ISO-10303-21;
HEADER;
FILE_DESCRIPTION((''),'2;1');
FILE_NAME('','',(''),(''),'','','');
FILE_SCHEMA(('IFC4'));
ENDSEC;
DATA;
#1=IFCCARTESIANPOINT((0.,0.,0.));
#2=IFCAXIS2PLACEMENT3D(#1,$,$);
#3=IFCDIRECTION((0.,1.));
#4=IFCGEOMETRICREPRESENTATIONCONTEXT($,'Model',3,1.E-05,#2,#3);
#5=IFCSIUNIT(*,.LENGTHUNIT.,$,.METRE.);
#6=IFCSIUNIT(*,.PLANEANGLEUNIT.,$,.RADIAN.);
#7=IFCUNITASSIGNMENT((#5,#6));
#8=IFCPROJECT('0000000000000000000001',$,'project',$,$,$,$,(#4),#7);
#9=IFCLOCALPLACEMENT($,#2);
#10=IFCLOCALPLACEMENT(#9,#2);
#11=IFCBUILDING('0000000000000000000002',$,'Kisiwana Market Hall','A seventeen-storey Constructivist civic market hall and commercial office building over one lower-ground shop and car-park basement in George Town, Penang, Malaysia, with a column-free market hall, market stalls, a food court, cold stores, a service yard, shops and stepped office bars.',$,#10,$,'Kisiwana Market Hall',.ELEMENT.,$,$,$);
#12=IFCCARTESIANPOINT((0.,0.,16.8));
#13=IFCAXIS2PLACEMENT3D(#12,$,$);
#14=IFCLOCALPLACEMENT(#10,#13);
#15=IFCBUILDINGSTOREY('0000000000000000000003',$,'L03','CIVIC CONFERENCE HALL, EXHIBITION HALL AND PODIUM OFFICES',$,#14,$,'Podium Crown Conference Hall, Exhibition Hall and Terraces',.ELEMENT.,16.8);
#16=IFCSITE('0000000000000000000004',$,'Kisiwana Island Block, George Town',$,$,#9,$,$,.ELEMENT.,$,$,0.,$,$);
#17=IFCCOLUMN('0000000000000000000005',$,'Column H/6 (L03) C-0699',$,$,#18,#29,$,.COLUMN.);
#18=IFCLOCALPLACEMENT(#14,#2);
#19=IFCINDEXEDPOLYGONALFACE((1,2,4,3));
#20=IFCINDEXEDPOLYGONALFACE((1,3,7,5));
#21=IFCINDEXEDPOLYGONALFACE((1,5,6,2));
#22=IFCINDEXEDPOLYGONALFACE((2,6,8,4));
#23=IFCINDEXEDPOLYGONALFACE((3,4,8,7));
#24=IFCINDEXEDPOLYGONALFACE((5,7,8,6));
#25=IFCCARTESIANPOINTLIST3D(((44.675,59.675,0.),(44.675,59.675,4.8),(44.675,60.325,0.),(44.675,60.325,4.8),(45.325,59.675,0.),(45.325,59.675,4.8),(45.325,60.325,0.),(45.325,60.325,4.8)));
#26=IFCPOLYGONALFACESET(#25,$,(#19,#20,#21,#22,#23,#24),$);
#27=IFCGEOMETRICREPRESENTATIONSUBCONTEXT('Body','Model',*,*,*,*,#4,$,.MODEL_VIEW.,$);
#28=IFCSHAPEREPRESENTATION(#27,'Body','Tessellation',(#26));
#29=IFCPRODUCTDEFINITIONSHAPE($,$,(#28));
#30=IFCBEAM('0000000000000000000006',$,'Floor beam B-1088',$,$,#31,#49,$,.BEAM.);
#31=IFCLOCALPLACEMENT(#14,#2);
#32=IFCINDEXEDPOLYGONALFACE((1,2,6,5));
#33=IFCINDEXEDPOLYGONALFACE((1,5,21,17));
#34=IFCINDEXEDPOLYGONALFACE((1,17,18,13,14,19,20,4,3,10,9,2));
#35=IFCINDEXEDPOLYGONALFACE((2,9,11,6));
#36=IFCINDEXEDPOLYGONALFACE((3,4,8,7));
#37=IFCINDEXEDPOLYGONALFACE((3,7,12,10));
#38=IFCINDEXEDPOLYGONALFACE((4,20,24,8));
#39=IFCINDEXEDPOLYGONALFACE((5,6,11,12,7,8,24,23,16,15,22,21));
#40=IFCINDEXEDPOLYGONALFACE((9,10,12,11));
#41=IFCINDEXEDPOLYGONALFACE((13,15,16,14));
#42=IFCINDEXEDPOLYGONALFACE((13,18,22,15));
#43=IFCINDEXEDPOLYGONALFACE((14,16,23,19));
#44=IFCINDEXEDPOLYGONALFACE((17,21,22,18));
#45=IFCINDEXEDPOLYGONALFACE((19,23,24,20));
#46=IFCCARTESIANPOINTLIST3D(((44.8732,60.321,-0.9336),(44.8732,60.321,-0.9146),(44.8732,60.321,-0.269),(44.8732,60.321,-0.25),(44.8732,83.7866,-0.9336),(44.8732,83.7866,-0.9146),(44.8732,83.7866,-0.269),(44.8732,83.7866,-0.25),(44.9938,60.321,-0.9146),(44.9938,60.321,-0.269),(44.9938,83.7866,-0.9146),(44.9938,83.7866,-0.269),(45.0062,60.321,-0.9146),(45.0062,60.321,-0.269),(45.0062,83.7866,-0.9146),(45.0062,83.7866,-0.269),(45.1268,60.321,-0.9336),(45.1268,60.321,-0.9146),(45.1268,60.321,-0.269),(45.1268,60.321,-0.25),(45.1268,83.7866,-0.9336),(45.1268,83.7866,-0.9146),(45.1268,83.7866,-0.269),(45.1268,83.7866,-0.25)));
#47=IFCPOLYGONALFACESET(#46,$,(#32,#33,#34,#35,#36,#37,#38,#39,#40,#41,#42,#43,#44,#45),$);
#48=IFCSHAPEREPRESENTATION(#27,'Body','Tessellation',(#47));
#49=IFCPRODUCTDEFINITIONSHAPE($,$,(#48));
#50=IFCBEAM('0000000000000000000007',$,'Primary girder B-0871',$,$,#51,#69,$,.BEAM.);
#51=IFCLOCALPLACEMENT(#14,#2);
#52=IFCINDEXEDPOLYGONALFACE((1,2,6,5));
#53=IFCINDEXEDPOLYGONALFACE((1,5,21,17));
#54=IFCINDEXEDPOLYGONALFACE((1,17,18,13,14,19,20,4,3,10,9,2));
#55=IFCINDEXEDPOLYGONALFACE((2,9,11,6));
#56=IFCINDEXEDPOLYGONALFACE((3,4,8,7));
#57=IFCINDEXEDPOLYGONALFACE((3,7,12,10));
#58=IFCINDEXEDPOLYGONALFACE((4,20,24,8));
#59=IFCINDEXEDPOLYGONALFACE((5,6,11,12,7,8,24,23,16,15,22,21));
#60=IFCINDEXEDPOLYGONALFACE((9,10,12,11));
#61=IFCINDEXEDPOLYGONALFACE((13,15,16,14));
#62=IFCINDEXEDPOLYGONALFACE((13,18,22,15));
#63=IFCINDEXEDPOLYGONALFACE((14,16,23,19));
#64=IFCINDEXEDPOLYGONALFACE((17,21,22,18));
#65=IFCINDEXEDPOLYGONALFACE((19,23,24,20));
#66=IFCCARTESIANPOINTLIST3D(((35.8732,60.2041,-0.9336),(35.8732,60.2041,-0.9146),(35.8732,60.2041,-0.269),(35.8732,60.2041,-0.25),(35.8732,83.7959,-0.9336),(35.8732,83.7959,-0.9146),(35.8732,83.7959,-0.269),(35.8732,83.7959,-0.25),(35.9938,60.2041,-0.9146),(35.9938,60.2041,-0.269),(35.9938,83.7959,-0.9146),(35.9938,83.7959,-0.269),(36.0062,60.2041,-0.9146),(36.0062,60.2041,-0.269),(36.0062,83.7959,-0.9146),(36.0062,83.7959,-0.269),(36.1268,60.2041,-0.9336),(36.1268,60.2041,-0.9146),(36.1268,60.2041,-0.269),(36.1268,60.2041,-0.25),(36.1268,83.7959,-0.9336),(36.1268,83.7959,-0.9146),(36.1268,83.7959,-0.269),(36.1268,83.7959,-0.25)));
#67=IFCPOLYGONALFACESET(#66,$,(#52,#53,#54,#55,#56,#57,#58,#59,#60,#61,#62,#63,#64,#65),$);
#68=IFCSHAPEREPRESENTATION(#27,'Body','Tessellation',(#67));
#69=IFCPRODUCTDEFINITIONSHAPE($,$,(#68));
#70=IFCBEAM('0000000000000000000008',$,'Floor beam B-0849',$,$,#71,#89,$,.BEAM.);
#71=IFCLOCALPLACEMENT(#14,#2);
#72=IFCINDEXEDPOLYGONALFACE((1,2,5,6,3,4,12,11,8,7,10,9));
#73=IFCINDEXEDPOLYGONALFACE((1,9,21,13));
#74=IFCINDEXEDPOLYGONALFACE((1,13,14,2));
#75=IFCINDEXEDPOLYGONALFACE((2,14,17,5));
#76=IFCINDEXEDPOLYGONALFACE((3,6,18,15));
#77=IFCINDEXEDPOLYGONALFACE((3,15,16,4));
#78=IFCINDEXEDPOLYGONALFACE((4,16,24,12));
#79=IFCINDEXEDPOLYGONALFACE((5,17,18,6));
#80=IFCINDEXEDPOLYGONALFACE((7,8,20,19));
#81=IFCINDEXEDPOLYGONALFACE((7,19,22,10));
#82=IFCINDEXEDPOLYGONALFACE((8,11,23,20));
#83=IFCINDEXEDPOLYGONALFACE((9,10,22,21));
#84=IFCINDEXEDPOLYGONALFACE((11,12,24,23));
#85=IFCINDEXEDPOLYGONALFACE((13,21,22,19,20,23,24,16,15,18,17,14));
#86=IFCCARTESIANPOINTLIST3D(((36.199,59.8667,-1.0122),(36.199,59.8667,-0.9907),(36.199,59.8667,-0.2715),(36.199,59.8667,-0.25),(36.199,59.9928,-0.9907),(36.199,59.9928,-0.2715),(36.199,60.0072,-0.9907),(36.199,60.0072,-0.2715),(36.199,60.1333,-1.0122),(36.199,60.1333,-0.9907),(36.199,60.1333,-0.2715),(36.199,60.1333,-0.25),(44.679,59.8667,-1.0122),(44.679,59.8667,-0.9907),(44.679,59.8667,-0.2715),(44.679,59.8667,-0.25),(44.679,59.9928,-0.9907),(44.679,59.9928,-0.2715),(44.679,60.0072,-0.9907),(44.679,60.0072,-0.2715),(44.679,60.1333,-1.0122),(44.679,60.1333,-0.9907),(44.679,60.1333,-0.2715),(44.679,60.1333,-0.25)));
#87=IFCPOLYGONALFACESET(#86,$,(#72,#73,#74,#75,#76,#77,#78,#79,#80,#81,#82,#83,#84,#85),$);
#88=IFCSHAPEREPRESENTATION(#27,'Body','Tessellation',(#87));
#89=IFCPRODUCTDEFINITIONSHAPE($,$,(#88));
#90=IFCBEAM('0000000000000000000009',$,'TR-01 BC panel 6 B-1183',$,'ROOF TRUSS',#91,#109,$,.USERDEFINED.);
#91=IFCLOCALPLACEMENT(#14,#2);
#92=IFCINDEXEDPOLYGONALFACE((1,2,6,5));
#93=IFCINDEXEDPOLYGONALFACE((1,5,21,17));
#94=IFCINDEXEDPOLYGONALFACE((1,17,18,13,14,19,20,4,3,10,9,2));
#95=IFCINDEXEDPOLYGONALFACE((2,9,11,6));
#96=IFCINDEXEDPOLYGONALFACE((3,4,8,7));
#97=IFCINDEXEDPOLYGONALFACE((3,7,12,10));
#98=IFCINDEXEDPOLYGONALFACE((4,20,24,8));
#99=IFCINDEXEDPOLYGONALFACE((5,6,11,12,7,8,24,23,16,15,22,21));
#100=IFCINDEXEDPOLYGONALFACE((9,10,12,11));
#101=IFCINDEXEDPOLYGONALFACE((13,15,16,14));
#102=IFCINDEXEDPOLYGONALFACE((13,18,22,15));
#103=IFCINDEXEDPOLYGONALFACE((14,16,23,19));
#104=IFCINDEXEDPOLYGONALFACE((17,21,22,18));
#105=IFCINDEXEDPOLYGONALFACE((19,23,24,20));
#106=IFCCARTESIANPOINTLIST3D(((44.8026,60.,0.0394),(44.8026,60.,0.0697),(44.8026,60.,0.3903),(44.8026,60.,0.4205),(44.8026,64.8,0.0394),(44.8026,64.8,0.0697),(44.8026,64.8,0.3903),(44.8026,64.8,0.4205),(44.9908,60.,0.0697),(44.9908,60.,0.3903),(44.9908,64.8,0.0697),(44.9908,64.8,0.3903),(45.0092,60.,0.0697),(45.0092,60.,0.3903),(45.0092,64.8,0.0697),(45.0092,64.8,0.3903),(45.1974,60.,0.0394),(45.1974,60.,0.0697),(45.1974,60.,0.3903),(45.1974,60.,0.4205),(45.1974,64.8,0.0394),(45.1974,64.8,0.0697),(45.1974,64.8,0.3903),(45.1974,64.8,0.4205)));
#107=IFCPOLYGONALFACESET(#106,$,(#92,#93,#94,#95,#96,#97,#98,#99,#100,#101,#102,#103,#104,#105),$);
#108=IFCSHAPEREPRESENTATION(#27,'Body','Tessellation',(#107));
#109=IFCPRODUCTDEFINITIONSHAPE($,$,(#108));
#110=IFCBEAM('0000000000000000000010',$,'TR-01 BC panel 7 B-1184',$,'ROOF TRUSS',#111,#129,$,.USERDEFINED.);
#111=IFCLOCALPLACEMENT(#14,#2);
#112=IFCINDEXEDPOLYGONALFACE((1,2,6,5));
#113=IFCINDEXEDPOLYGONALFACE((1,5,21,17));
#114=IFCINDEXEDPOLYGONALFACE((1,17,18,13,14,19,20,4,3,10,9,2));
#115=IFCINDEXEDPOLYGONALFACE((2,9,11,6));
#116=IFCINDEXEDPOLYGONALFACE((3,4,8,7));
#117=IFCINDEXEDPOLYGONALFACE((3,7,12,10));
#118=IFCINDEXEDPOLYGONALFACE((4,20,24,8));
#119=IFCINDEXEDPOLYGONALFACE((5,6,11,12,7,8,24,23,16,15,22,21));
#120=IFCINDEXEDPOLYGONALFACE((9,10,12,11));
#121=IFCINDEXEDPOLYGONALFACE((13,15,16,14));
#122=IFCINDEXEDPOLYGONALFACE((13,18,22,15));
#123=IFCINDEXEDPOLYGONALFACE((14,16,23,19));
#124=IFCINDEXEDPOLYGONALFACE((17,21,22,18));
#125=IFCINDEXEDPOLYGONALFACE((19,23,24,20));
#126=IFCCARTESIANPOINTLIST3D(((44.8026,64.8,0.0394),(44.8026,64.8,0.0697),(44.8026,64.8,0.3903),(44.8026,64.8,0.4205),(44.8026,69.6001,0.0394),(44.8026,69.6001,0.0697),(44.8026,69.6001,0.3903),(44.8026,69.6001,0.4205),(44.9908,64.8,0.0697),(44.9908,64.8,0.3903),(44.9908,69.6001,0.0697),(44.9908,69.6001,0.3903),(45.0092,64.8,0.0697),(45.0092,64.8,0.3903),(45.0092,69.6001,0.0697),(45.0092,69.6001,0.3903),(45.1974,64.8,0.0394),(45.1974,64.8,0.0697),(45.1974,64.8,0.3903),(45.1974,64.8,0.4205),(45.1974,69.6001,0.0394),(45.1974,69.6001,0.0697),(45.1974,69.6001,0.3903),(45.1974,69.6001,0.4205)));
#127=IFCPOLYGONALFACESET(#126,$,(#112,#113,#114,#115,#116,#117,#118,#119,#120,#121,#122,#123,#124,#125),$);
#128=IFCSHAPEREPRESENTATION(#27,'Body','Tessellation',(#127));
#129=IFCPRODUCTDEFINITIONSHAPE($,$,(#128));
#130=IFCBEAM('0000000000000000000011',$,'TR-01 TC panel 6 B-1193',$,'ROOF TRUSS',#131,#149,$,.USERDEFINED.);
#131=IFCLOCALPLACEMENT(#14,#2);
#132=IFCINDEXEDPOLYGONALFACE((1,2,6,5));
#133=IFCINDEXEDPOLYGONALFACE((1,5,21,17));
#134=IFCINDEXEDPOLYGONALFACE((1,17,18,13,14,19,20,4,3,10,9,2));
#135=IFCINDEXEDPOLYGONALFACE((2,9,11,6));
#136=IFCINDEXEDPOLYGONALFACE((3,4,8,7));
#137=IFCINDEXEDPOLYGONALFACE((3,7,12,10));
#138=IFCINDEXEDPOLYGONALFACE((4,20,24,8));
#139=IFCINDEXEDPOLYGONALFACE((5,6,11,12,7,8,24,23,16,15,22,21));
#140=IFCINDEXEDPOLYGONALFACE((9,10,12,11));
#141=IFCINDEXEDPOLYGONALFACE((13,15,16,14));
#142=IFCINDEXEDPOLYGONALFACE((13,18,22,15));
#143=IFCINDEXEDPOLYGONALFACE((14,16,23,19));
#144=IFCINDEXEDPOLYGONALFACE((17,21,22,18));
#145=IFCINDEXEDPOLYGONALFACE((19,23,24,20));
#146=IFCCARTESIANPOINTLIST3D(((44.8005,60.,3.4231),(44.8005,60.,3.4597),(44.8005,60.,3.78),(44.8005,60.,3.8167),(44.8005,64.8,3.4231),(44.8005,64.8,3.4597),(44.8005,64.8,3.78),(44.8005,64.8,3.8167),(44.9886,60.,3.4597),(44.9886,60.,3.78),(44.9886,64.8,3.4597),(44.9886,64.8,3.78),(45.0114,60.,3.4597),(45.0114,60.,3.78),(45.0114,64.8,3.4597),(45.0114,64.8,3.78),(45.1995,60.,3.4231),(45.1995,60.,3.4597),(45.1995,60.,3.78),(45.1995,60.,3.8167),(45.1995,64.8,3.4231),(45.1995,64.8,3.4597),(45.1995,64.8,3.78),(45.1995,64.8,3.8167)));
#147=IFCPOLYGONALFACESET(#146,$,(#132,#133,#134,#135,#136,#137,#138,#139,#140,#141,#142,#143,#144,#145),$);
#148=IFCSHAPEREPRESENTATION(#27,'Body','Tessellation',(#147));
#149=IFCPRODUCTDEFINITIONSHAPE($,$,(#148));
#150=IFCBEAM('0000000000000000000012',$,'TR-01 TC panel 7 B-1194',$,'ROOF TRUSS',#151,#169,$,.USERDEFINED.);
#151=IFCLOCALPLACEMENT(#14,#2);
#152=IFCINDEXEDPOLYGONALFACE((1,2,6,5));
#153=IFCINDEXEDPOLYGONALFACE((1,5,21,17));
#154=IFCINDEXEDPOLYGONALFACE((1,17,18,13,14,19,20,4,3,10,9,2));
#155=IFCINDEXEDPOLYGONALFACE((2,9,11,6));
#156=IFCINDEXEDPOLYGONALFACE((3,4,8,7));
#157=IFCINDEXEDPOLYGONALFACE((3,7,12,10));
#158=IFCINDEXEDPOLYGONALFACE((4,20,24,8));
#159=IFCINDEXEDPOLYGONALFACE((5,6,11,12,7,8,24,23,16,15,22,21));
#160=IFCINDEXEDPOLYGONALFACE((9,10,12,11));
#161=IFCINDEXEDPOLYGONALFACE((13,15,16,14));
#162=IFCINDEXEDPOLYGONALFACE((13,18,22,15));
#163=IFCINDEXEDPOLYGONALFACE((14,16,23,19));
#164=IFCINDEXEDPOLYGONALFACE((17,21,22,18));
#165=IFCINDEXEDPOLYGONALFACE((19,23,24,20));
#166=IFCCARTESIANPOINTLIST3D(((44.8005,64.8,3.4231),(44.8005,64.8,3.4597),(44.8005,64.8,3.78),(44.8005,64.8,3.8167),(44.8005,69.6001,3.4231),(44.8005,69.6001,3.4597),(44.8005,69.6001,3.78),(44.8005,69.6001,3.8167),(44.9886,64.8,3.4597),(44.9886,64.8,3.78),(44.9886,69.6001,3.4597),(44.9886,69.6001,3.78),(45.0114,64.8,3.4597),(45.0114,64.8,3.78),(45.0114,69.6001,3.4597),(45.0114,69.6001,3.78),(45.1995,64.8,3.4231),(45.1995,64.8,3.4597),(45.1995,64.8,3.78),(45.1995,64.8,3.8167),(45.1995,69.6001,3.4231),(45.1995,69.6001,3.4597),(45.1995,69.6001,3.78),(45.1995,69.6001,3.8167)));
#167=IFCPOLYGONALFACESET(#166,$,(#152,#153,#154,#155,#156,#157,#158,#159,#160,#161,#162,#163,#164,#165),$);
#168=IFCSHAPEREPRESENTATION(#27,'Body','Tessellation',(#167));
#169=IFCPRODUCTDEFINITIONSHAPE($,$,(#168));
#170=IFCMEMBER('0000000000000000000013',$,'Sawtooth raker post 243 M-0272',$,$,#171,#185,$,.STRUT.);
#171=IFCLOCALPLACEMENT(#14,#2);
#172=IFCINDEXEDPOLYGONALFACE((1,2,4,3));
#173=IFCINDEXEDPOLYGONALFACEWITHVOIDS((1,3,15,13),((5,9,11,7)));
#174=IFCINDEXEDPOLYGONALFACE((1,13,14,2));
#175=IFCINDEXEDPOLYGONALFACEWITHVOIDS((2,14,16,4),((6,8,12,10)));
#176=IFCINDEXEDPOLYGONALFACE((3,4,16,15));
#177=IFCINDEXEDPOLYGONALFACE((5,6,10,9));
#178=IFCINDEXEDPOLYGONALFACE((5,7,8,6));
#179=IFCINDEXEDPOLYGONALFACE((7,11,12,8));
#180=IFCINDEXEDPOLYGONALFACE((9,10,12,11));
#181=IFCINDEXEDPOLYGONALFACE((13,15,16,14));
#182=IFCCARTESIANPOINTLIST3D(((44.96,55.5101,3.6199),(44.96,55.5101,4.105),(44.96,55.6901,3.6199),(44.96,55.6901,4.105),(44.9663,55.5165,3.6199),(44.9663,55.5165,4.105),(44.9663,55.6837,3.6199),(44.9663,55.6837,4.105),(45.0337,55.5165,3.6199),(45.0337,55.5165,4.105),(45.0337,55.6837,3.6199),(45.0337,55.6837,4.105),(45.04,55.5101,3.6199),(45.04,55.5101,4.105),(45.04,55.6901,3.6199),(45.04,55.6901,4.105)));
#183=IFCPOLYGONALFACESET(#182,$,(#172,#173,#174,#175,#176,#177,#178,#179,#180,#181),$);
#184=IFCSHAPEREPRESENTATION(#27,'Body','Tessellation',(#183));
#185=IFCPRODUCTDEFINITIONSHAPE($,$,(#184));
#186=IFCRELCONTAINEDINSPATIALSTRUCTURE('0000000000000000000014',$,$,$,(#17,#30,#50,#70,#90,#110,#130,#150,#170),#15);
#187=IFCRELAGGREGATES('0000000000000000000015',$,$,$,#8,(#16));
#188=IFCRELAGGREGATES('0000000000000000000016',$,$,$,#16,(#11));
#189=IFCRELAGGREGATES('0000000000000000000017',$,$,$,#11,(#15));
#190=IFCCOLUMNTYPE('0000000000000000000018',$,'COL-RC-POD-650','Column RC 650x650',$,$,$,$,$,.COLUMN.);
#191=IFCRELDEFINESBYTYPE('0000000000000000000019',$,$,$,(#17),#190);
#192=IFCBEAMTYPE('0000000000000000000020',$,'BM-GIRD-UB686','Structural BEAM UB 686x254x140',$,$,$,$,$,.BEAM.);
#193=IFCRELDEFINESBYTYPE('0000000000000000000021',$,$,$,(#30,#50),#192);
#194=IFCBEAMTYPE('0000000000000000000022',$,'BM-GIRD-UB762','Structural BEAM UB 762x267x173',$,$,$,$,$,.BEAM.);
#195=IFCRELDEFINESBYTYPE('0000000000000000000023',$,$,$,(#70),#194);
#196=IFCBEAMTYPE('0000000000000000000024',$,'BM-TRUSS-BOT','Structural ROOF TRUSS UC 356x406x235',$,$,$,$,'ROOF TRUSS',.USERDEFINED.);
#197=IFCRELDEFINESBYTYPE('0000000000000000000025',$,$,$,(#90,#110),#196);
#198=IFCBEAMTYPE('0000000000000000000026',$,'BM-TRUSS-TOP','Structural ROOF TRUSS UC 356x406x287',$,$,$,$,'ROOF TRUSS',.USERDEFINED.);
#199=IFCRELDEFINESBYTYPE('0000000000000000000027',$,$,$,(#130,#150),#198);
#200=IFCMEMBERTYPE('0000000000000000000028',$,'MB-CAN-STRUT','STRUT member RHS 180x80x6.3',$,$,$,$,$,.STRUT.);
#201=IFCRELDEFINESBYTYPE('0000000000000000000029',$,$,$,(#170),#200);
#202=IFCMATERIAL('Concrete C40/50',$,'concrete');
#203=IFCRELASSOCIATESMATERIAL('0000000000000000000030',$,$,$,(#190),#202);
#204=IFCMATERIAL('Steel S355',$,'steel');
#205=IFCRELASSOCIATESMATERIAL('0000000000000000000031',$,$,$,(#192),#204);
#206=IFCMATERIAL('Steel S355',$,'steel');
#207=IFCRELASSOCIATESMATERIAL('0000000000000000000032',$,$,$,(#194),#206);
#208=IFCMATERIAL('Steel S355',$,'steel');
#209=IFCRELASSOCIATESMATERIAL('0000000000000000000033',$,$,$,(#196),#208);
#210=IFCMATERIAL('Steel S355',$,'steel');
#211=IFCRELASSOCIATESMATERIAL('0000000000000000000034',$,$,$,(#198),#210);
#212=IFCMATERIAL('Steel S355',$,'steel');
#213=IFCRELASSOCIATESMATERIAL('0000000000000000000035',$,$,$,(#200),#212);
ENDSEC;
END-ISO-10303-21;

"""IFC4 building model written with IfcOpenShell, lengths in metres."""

from ifc_helpers import new_model, si_unit, direction, frame, origin, origin_2d, place, context, subcontext, project, spatial, rectangle, hollow_rectangle, i_section, extrude, material, material_profile, profile_set, type_object, element, save


model = new_model("IFC4")

# Units and contexts
model_context = context("Model", 3, precision=1e-05, world=origin(), true_north=direction((0.0, 1.0)))
body_context = subcontext(model_context, "Body", "Model", "MODEL_VIEW")
ifc_project = project(units=[si_unit("LENGTHUNIT", "METRE"), si_unit("PLANEANGLEUNIT", "RADIAN")], contexts=[model_context])

# Site, building, storey
site_placement = place(None, origin())
site = spatial("IfcSite", under=ifc_project, at=site_placement, Name="Kisiwana Island Block, George Town", CompositionType="ELEMENT", RefElevation=0.0)
building_placement = place(site_placement, origin())
building = spatial("IfcBuilding", under=site, at=building_placement, Name="Kisiwana Market Hall", Description="A seventeen-storey Constructivist civic market hall and commercial office building over one lower-ground shop and car-park basement in George Town, Penang, Malaysia, with a column-free market hall, market stalls, a food court, cold stores, a service yard, shops and stepped office bars.", LongName="Kisiwana Market Hall", CompositionType="ELEMENT")
storey_placement = place(building_placement, frame((0.0, 0.0, 16.8)))
storey = spatial("IfcBuildingStorey", under=building, at=storey_placement, Name="L03", Description="CIVIC CONFERENCE HALL, EXHIBITION HALL AND PODIUM OFFICES", LongName="Podium Crown Conference Hall, Exhibition Hall and Terraces", CompositionType="ELEMENT", Elevation=16.8)

# Column
ifc_material_1 = material(Name="Concrete C40/50", Category="concrete")
ifc_material_profile_1 = material_profile(ifc_material_1, rectangle(XDim=0.6499, YDim=0.6499, at=origin_2d()), Name="RC 650x650")
ifc_profile_set_1 = profile_set([ifc_material_profile_1], Name="Concrete C40/50")
column_type = type_object("IfcColumnType", Name="COL-RC-POD-650", Description="Column RC 650x650", PredefinedType="COLUMN", material=ifc_profile_set_1)
column_placement = place(storey_placement, frame((45.0, 60.0, 0.0), z_axis=(0.0, 0.0, 1.0), x_axis=(1.0, 0.0, 0.0)))
element("IfcColumn", 1, at=column_placement, inside=storey, type_object=column_type, Name="Column H/6 (L03) C-0699", PredefinedType="COLUMN", context=body_context, shape_type="SweptSolid", body=[
    extrude(rectangle(XDim=0.6499, YDim=0.6499, at=origin_2d()), origin(), (0.0, 0.0, 1.0), 4.8),
])

# Beams
ifc_material_2 = material(Name="Steel S355", Category="steel")
ifc_material_profile_2 = material_profile(ifc_material_2, i_section(OverallWidth=0.2537, OverallDepth=0.6836, WebThickness=0.0125, FlangeThickness=0.019, at=origin_2d()), Name="UB 686x254x140")
ifc_profile_set_2 = profile_set([ifc_material_profile_2], Name="Steel S355")
beam_type_1 = type_object("IfcBeamType", Name="BM-GIRD-UB686", Description="Structural BEAM UB 686x254x140", PredefinedType="BEAM", material=ifc_profile_set_2)
beam_1_placement = place(storey_placement, frame((45.0, 60.321, -0.5918), z_axis=(0.0, 1.0, 0.0), x_axis=(-1.0, 0.0, 0.0)))
element("IfcBeam", 2, at=beam_1_placement, inside=storey, type_object=beam_type_1, Name="Floor beam B-1088", PredefinedType="BEAM", context=body_context, shape_type="SweptSolid", body=[
    extrude(i_section(OverallWidth=0.2537, OverallDepth=0.6836, WebThickness=0.0125, FlangeThickness=0.019, at=origin_2d()), origin(), (0.0, 0.0, 1.0), 23.4656),
])
beam_2_placement = place(storey_placement, frame((36.0, 60.2041, -0.5918), z_axis=(0.0, 1.0, 0.0), x_axis=(-1.0, 0.0, 0.0)))
element("IfcBeam", 3, at=beam_2_placement, inside=storey, type_object=beam_type_1, Name="Primary girder B-0871", PredefinedType="BEAM", context=body_context, shape_type="SweptSolid", body=[
    extrude(i_section(OverallWidth=0.2537, OverallDepth=0.6836, WebThickness=0.0125, FlangeThickness=0.019, at=origin_2d()), origin(), (0.0, 0.0, 1.0), 23.5918),
])
ifc_material_3 = material(Name="Steel S355", Category="steel")
ifc_material_profile_3 = material_profile(ifc_material_3, i_section(OverallWidth=0.2666, OverallDepth=0.7622, WebThickness=0.0144, FlangeThickness=0.0215, at=origin_2d()), Name="UB 762x267x173")
ifc_profile_set_3 = profile_set([ifc_material_profile_3], Name="Steel S355")
beam_type_2 = type_object("IfcBeamType", Name="BM-GIRD-UB762", Description="Structural BEAM UB 762x267x173", PredefinedType="BEAM", material=ifc_profile_set_3)
beam_3_placement = place(storey_placement, frame((36.199, 60.0, -0.6311), z_axis=(1.0, 0.0, 0.0), x_axis=(0.0, 1.0, 0.0)))
element("IfcBeam", 4, at=beam_3_placement, inside=storey, type_object=beam_type_2, Name="Floor beam B-0849", PredefinedType="BEAM", context=body_context, shape_type="SweptSolid", body=[
    extrude(i_section(OverallWidth=0.2666, OverallDepth=0.7622, WebThickness=0.0144, FlangeThickness=0.0215, at=origin_2d()), origin(), (0.0, 0.0, 1.0), 8.48),
])
ifc_material_4 = material(Name="Steel S355", Category="steel")
ifc_material_profile_4 = material_profile(ifc_material_4, i_section(OverallWidth=0.3948, OverallDepth=0.3811, WebThickness=0.0183, FlangeThickness=0.0303, at=origin_2d()), Name="UC 356x406x235")
ifc_profile_set_4 = profile_set([ifc_material_profile_4], Name="Steel S355")
beam_type_3 = type_object("IfcBeamType", Name="BM-TRUSS-BOT", Description="Structural ROOF TRUSS UC 356x406x235", ElementType="ROOF TRUSS", PredefinedType="USERDEFINED", material=ifc_profile_set_4)
for number, where, z_axis, x_axis, name in (
    (5, (45.0, 60.0, 0.23), (0.0, 1.0, 0.0), (-1.0, 0.0, 0.0), "TR-01 BC panel 6 B-1183"),
    (6, (45.0, 64.8, 0.23), (0.0, 1.0, 0.0), (-1.0, 0.0, 0.0), "TR-01 BC panel 7 B-1184"),
):
    element("IfcBeam", number, at=place(storey_placement, frame(where, z_axis=z_axis, x_axis=x_axis)), inside=storey, type_object=beam_type_3, Name=name, ObjectType="ROOF TRUSS", PredefinedType="USERDEFINED", context=body_context, shape_type="SweptSolid", body=[
        extrude(i_section(OverallWidth=0.3948, OverallDepth=0.3811, WebThickness=0.0183, FlangeThickness=0.0303, at=origin_2d()), origin(), (0.0, 0.0, 1.0), 4.8),
    ])
ifc_material_5 = material(Name="Steel S355", Category="steel")
ifc_material_profile_5 = material_profile(ifc_material_5, i_section(OverallWidth=0.3989, OverallDepth=0.3936, WebThickness=0.0227, FlangeThickness=0.0366, at=origin_2d()), Name="UC 356x406x287")
ifc_profile_set_5 = profile_set([ifc_material_profile_5], Name="Steel S355")
beam_type_4 = type_object("IfcBeamType", Name="BM-TRUSS-TOP", Description="Structural ROOF TRUSS UC 356x406x287", ElementType="ROOF TRUSS", PredefinedType="USERDEFINED", material=ifc_profile_set_5)
for number, where, z_axis, x_axis, name in (
    (7, (45.0, 60.0, 3.6199), (0.0, 1.0, 0.0), (-1.0, 0.0, 0.0), "TR-01 TC panel 6 B-1193"),
    (8, (45.0, 64.8, 3.6199), (0.0, 1.0, 0.0), (-1.0, 0.0, 0.0), "TR-01 TC panel 7 B-1194"),
):
    element("IfcBeam", number, at=place(storey_placement, frame(where, z_axis=z_axis, x_axis=x_axis)), inside=storey, type_object=beam_type_4, Name=name, ObjectType="ROOF TRUSS", PredefinedType="USERDEFINED", context=body_context, shape_type="SweptSolid", body=[
        extrude(i_section(OverallWidth=0.3989, OverallDepth=0.3936, WebThickness=0.0227, FlangeThickness=0.0366, at=origin_2d()), origin(), (0.0, 0.0, 1.0), 4.8),
    ])

# Member
ifc_material_6 = material(Name="Steel S355", Category="steel")
ifc_material_profile_6 = material_profile(ifc_material_6, hollow_rectangle(XDim=0.0801, YDim=0.1799, WallThickness=0.0063, at=origin_2d()), Name="RHS 180x80x6.3")
ifc_profile_set_6 = profile_set([ifc_material_profile_6], Name="Steel S355")
member_type_1 = type_object("IfcMemberType", Name="MB-CAN-STRUT", Description="STRUT member RHS 180x80x6.3", PredefinedType="STRUT", material=ifc_profile_set_6)
member_1_placement = place(storey_placement, frame((45.0, 55.6001, 3.6199), z_axis=(0.0, 0.0, 1.0), x_axis=(1.0, 0.0, 0.0)))
element("IfcMember", 9, at=member_1_placement, inside=storey, type_object=member_type_1, Name="Sawtooth raker post 243 M-0272", PredefinedType="STRUT", context=body_context, shape_type="SweptSolid", body=[
    extrude(hollow_rectangle(XDim=0.0801, YDim=0.1799, WallThickness=0.0063, at=origin_2d()), origin(), (0.0, 0.0, 1.0), 0.4851),
])

save(model, "model.ifc")
